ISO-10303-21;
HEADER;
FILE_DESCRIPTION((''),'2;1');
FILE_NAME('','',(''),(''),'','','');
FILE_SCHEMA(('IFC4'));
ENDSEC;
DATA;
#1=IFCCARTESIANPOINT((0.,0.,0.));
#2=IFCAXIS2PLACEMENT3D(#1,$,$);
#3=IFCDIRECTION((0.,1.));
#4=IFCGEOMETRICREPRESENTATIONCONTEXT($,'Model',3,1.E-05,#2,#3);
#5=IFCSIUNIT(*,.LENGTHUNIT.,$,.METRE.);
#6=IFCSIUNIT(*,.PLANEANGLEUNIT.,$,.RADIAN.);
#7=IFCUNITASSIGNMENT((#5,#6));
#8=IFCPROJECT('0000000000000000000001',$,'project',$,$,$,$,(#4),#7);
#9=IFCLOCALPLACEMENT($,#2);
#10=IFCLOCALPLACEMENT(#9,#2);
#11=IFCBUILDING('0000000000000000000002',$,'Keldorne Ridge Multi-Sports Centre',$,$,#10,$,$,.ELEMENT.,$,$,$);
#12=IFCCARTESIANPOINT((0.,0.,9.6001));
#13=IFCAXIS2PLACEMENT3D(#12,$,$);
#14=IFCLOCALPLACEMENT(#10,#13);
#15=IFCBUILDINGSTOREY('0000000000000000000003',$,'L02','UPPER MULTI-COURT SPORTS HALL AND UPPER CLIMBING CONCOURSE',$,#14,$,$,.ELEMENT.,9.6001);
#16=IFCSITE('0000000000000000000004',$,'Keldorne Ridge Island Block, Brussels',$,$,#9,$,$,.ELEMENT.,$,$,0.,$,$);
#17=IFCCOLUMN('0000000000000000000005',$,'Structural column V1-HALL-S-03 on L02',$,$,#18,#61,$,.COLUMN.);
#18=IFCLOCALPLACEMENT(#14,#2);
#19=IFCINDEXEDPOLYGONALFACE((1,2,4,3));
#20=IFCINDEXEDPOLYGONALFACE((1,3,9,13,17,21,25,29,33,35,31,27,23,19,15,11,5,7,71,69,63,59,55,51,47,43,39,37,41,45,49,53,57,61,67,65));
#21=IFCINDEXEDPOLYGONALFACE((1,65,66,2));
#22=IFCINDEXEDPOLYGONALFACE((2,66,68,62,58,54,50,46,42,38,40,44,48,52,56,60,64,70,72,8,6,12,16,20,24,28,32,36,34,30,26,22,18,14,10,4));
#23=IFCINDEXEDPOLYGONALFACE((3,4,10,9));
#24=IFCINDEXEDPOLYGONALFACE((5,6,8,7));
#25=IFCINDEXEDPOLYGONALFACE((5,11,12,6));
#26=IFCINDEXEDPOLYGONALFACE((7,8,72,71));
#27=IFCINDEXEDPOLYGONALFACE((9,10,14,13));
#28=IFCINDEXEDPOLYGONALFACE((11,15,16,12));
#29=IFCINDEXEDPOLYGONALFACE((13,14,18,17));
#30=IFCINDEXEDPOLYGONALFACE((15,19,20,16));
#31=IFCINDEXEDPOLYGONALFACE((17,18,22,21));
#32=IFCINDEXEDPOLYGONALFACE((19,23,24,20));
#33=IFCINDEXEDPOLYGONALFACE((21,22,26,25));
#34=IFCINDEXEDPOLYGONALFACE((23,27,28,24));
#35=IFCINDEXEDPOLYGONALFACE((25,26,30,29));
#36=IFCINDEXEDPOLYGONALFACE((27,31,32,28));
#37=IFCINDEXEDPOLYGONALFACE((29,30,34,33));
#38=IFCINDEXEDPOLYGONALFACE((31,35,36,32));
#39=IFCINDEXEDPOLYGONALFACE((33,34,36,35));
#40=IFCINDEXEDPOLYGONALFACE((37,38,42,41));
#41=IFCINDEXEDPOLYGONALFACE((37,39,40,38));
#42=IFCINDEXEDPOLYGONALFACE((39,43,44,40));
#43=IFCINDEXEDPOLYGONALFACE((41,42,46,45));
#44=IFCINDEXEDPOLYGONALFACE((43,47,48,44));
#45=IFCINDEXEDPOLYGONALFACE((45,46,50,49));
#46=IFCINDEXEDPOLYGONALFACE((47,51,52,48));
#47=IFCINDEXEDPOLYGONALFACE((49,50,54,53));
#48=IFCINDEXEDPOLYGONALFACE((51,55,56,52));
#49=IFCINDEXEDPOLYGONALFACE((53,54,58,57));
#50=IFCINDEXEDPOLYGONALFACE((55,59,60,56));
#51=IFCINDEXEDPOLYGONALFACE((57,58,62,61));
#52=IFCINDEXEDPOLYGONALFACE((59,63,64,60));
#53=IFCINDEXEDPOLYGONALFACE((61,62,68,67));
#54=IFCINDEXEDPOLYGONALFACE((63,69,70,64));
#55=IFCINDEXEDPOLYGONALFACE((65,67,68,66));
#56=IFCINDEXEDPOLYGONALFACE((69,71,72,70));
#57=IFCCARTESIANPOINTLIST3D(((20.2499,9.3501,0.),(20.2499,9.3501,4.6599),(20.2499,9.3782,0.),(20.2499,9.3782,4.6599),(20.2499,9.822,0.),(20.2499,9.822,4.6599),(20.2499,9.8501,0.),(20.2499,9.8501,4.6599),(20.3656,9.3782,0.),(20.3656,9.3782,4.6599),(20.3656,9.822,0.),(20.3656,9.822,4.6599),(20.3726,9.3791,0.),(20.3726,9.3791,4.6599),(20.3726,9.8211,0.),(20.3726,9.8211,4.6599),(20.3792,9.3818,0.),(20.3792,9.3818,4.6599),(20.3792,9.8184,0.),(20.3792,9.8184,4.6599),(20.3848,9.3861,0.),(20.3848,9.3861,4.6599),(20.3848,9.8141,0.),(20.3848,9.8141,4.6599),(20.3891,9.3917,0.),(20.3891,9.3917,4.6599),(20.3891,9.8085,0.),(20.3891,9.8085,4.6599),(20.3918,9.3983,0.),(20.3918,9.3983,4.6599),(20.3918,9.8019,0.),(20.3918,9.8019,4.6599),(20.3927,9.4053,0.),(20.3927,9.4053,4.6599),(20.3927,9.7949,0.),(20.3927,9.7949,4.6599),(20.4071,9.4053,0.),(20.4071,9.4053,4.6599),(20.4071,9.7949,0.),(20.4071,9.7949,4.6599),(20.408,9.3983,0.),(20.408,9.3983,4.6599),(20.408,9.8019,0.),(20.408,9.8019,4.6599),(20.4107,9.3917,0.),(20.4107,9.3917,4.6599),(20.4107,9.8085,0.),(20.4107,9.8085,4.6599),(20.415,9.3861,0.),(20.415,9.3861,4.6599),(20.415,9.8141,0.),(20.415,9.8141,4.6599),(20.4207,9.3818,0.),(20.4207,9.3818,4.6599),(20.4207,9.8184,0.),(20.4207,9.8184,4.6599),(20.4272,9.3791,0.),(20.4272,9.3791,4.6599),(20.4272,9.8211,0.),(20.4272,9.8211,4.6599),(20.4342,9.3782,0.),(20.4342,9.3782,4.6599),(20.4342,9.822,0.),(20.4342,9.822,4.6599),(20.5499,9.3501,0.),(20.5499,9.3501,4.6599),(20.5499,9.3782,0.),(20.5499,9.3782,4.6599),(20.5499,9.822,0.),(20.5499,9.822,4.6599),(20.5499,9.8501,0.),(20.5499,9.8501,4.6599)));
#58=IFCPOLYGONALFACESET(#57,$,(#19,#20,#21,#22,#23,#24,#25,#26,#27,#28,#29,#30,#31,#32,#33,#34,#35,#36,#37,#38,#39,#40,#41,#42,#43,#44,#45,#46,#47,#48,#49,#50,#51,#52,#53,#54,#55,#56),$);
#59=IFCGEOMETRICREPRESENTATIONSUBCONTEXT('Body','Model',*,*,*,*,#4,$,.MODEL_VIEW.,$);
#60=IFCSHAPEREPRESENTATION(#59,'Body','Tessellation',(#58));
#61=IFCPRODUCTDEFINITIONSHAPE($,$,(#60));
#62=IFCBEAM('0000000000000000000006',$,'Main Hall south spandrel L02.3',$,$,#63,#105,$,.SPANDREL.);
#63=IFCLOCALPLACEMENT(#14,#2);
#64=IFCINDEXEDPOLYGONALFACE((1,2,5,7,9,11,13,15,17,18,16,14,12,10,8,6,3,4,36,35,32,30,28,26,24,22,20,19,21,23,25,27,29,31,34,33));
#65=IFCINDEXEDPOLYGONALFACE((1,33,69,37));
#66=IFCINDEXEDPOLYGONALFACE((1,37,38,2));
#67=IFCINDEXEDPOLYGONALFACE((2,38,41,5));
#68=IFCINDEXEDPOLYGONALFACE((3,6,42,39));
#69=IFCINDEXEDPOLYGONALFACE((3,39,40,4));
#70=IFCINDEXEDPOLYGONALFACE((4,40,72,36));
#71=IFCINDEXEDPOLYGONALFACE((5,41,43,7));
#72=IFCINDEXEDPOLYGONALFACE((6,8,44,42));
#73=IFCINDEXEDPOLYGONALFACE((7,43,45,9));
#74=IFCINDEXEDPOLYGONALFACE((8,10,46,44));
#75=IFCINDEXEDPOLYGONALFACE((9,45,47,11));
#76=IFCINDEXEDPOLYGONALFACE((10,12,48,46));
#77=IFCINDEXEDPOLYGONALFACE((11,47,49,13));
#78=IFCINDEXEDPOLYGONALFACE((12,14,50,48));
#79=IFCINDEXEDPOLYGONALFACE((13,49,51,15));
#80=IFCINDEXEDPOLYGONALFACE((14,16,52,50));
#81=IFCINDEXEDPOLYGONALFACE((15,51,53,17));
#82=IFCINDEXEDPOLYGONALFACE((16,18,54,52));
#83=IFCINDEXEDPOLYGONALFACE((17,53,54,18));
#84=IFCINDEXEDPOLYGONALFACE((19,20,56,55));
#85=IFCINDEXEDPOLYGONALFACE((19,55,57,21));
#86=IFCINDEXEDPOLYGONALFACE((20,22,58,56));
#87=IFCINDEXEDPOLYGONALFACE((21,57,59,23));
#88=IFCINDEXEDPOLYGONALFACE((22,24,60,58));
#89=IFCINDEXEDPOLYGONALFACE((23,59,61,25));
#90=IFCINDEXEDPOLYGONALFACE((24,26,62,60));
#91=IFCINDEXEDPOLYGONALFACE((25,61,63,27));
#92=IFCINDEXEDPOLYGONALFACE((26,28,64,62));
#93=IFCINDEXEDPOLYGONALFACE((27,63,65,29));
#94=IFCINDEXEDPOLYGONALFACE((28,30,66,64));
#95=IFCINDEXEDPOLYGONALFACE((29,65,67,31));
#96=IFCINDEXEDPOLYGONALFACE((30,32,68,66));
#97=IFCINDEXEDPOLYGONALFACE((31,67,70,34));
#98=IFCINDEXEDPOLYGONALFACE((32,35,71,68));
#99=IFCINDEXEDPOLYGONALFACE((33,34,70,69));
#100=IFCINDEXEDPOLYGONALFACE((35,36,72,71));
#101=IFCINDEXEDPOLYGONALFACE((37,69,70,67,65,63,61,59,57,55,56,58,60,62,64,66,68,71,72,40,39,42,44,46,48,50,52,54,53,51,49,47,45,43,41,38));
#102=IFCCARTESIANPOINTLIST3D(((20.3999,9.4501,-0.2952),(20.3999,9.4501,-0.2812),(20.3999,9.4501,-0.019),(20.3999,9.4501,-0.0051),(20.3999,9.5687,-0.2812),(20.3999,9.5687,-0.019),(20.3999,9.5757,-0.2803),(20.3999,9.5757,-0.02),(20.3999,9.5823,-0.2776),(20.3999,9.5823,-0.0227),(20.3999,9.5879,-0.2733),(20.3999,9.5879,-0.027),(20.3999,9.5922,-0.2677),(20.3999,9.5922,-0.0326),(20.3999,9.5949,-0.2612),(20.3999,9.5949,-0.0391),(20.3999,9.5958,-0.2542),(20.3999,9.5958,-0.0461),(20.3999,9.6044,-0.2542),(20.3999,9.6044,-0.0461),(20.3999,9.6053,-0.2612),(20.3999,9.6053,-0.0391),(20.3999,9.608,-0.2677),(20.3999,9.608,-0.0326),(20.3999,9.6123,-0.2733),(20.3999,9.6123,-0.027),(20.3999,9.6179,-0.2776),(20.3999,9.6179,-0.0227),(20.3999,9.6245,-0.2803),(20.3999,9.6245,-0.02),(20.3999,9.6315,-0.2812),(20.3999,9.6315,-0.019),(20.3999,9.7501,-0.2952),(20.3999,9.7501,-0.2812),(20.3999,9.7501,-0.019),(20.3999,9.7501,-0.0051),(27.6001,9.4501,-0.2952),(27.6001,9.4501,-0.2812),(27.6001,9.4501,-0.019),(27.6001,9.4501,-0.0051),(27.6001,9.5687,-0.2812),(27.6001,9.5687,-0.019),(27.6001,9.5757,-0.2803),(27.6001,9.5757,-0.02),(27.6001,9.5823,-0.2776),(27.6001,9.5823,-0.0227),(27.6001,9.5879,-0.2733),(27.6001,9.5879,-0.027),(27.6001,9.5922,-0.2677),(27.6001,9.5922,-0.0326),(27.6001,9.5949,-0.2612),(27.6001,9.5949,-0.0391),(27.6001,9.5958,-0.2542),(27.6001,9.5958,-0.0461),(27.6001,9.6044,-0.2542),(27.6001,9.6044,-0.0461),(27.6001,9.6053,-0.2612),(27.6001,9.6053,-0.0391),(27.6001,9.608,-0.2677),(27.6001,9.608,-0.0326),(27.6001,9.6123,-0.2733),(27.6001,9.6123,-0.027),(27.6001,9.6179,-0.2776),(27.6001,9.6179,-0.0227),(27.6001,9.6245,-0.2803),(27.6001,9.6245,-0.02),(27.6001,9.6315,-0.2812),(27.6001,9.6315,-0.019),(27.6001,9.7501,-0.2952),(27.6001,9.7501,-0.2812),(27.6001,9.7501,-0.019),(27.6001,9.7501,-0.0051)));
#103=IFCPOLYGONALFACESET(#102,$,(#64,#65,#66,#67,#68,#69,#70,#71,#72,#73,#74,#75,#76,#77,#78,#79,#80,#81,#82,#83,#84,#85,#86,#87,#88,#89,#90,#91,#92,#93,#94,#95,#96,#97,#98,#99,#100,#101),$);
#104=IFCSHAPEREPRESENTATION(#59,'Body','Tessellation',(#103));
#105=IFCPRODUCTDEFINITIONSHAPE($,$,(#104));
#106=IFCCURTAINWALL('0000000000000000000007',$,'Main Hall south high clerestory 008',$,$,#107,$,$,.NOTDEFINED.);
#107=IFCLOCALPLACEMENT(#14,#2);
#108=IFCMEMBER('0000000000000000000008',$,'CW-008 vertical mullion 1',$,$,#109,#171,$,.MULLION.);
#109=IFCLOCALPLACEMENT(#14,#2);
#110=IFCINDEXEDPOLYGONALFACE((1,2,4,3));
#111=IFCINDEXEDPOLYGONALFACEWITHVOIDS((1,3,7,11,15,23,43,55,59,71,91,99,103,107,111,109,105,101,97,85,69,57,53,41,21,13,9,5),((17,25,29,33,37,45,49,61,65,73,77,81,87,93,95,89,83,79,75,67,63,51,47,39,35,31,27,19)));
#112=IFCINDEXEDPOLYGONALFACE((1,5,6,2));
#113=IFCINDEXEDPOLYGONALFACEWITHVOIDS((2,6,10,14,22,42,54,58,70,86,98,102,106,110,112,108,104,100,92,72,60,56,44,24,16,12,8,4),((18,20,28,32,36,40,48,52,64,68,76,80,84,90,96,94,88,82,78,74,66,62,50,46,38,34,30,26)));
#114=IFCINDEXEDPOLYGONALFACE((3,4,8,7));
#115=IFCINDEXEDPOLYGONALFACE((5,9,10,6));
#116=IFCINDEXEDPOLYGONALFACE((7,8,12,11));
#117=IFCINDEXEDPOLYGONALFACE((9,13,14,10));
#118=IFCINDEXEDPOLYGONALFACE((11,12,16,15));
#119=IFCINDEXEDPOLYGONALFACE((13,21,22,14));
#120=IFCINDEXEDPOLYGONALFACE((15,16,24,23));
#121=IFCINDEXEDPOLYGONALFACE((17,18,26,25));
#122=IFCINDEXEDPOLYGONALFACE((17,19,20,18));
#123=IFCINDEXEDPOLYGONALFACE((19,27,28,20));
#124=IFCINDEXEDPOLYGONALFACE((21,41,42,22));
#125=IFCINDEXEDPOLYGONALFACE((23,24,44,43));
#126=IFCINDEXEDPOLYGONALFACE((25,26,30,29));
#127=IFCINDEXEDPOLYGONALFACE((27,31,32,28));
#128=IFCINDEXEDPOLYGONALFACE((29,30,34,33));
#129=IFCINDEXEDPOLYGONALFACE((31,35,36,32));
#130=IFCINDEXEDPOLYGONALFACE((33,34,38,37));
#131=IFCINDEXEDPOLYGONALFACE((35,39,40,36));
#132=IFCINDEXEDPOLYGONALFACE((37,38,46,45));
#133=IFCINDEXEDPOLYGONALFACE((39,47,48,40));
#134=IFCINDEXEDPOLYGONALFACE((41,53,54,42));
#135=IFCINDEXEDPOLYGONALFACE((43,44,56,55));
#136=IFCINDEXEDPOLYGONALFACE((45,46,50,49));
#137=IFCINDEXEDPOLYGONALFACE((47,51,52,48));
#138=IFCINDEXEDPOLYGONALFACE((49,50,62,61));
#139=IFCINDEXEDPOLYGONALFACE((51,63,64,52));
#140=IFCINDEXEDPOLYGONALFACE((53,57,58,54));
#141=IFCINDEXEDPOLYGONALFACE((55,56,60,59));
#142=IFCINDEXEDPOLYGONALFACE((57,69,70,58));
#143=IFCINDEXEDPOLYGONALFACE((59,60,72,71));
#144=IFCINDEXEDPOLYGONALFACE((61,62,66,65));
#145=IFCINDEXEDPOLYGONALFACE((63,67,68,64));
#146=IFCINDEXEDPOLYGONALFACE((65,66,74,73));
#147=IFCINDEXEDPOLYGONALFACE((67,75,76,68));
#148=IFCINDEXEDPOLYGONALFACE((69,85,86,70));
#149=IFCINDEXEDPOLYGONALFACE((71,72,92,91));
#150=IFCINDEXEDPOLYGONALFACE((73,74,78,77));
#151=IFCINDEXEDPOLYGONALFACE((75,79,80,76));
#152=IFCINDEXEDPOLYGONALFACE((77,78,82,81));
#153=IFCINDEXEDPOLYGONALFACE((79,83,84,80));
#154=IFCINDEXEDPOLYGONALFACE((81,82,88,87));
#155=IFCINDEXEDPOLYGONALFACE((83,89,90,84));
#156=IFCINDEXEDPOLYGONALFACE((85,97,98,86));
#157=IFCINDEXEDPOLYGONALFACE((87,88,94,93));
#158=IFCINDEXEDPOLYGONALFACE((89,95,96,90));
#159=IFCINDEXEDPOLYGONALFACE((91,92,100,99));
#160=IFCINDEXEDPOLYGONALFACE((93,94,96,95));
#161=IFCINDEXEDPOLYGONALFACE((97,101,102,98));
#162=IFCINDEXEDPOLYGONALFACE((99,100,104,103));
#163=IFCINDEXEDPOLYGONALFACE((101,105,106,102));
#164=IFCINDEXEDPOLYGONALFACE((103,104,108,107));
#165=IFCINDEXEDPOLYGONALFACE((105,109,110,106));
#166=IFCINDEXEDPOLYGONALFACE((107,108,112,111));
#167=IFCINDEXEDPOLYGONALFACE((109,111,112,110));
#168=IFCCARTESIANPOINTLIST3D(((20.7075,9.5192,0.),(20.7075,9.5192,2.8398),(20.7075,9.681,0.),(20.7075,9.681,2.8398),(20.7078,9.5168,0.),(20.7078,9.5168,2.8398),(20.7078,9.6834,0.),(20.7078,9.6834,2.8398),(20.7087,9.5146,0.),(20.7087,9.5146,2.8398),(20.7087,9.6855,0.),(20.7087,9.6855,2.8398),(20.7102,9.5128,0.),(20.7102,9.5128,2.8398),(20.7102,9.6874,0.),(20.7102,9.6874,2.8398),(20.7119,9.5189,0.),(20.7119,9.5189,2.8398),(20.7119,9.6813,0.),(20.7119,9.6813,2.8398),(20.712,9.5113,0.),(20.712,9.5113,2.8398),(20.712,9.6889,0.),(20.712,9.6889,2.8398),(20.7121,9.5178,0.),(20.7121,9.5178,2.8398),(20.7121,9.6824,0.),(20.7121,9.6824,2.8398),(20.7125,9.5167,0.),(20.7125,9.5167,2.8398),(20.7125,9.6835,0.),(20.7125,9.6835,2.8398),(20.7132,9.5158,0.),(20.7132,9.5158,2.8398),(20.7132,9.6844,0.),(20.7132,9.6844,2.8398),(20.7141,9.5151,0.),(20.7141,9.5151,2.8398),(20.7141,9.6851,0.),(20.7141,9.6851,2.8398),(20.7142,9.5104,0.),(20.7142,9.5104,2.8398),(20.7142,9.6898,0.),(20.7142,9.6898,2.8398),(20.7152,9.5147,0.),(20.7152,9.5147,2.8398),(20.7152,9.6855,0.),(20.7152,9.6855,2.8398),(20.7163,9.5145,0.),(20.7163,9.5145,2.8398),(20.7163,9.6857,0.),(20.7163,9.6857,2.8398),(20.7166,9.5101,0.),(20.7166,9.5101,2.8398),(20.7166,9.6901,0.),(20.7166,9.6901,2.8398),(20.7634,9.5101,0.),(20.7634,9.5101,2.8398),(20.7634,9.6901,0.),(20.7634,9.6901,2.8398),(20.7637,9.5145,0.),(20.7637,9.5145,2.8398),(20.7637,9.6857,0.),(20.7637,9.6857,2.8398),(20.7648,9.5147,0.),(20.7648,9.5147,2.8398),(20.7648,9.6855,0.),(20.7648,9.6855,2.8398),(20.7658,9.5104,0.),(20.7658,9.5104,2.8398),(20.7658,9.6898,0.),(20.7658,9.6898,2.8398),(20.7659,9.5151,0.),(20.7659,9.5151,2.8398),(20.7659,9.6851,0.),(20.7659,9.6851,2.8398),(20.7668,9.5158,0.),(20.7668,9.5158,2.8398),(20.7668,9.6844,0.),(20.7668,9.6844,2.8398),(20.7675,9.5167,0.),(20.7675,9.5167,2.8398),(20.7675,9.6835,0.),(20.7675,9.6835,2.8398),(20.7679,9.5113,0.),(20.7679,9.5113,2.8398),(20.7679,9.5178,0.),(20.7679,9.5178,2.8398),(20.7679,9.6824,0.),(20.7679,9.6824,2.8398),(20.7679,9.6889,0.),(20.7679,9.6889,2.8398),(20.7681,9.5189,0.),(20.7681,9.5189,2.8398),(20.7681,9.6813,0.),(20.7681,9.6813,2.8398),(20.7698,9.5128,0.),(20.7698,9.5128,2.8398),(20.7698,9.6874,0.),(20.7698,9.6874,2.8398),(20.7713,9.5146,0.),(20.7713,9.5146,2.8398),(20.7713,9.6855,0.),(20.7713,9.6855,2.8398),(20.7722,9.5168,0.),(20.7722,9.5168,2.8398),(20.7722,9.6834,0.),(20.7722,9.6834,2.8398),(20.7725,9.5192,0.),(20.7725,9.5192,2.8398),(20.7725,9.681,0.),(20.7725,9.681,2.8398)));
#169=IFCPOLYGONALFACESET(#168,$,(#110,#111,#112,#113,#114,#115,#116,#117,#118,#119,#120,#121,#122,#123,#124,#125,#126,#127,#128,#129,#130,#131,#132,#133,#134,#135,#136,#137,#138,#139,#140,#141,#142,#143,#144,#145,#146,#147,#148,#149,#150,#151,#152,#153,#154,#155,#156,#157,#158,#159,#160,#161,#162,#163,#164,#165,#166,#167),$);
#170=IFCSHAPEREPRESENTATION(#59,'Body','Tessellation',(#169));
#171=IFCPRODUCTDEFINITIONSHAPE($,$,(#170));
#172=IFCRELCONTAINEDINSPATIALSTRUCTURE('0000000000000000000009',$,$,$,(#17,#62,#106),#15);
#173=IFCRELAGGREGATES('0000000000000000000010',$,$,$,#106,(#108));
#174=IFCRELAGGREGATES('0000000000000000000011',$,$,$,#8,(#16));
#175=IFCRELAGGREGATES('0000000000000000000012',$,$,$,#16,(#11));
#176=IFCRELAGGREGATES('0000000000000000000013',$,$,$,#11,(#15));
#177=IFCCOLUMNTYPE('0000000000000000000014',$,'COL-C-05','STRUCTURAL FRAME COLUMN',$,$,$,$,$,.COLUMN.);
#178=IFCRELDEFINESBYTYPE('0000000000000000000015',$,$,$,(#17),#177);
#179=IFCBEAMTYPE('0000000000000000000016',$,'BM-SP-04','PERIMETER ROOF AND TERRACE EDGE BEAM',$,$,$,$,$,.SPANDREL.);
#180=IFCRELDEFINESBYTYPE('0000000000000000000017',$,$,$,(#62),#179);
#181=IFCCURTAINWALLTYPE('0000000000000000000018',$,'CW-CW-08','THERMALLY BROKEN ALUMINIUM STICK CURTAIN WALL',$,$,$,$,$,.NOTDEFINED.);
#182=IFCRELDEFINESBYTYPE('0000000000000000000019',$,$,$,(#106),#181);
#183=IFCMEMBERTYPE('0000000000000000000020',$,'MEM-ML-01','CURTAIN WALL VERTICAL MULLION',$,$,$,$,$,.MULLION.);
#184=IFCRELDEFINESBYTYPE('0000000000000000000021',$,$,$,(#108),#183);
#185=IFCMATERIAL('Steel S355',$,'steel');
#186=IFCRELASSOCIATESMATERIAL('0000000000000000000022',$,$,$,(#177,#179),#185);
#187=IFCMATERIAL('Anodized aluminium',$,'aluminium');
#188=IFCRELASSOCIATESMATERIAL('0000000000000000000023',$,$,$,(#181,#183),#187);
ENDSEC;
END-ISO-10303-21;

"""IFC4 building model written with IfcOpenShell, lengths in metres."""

from ifc_helpers import new_model, si_unit, direction, frame, origin, origin_2d, place, context, subcontext, project, spatial, hollow_rectangle, i_section, extrude, material, material_profile, profile_set, type_object, element, aggregate, save


model = new_model("IFC4")

# Units and contexts
model_context = context("Model", 3, precision=1e-05, world=origin(), true_north=direction((0.0, 1.0)))
body_context = subcontext(model_context, "Body", "Model", "MODEL_VIEW")
ifc_project = project(units=[si_unit("LENGTHUNIT", "METRE"), si_unit("PLANEANGLEUNIT", "RADIAN")], contexts=[model_context])

# Site, building, storey
site_placement = place(None, origin())
site = spatial("IfcSite", under=ifc_project, at=site_placement, Name="Keldorne Ridge Island Block, Brussels", CompositionType="ELEMENT", RefElevation=0.0)
building_placement = place(site_placement, origin())
building = spatial("IfcBuilding", under=site, at=building_placement, Name="Keldorne Ridge Multi-Sports Centre", CompositionType="ELEMENT")
storey_placement = place(building_placement, frame((0.0, 0.0, 9.6001)))
storey = spatial("IfcBuildingStorey", under=building, at=storey_placement, Name="L02", Description="UPPER MULTI-COURT SPORTS HALL AND UPPER CLIMBING CONCOURSE", CompositionType="ELEMENT", Elevation=9.6001)

# Column
ifc_material_1 = material(Name="Steel S355", Category="steel")
ifc_material_profile_1 = material_profile(ifc_material_1, i_section(OverallWidth=0.3, OverallDepth=0.5, WebThickness=0.0144, FlangeThickness=0.0281, FilletRadius=0.0271, at=origin_2d()), Name="HEB 500")
ifc_profile_set_1 = profile_set([ifc_material_profile_1], Name="Steel S355")
column_type = type_object("IfcColumnType", Name="COL-C-05", Description="STRUCTURAL FRAME COLUMN", PredefinedType="COLUMN", material=ifc_profile_set_1)
column_placement = place(storey_placement, frame((20.3999, 9.6001, 0.0), z_axis=(0.0, 0.0, 1.0), x_axis=(1.0, 0.0, 0.0)))
element("IfcColumn", 1, at=column_placement, inside=storey, type_object=column_type, Name="Structural column V1-HALL-S-03 on L02", PredefinedType="COLUMN", context=body_context, shape_type="SweptSolid", body=[
    extrude(i_section(OverallWidth=0.3, OverallDepth=0.5, WebThickness=0.0144, FlangeThickness=0.0281, FilletRadius=0.0271, at=origin_2d()), origin(), (0.0, 0.0, 1.0), 4.6599),
])

# Beam
ifc_material_profile_2 = material_profile(ifc_material_1, i_section(OverallWidth=0.3, OverallDepth=0.29, WebThickness=0.0085, FlangeThickness=0.0139, FilletRadius=0.0271, at=origin_2d()), Name="HEA 300")
ifc_profile_set_2 = profile_set([ifc_material_profile_2], Name="Steel S355")
beam_type = type_object("IfcBeamType", Name="BM-SP-04", Description="PERIMETER ROOF AND TERRACE EDGE BEAM", PredefinedType="SPANDREL", material=ifc_profile_set_2)
beam_placement = place(storey_placement, frame((20.3999, 9.6001, -0.1501), z_axis=(1.0, 0.0, 0.0), x_axis=(0.0, 1.0, 0.0)))
element("IfcBeam", 2, at=beam_placement, inside=storey, type_object=beam_type, Name="Main Hall south spandrel L02.3", PredefinedType="SPANDREL", context=body_context, shape_type="SweptSolid", body=[
    extrude(i_section(OverallWidth=0.3, OverallDepth=0.29, WebThickness=0.0085, FlangeThickness=0.0139, FilletRadius=0.0271, at=origin_2d()), origin(), (0.0, 0.0, 1.0), 7.2002),
])

# Curtain wall, member
ifc_material_2 = material(Name="Anodized aluminium", Category="aluminium")
curtain_wall_type = type_object("IfcCurtainWallType", Name="CW-CW-08", Description="THERMALLY BROKEN ALUMINIUM STICK CURTAIN WALL", PredefinedType="NOTDEFINED", material=ifc_material_2)
curtain_wall_placement = place(storey_placement, origin())
curtain_wall = element("IfcCurtainWall", 3, at=curtain_wall_placement, inside=storey, type_object=curtain_wall_type, Name="Main Hall south high clerestory 008", PredefinedType="NOTDEFINED")
ifc_material_profile_3 = material_profile(ifc_material_2, hollow_rectangle(XDim=0.0649, YDim=0.1799, WallThickness=0.0044, InnerFilletRadius=0.0044, OuterFilletRadius=0.009, at=origin_2d()), Name="ALU MULLION 180x65x4.5")
ifc_profile_set_3 = profile_set([ifc_material_profile_3], Name="Anodized aluminium")
member_type_1 = type_object("IfcMemberType", Name="MEM-ML-01", Description="CURTAIN WALL VERTICAL MULLION", PredefinedType="MULLION", material=ifc_profile_set_3)
member_1_placement = place(storey_placement, frame((20.74, 9.6001, 0.0), z_axis=(0.0, 0.0, 1.0), x_axis=(1.0, 0.0, 0.0)))
member_1 = element("IfcMember", 4, at=member_1_placement, type_object=member_type_1, Name="CW-008 vertical mullion 1", PredefinedType="MULLION", context=body_context, shape_type="SweptSolid", body=[
    extrude(hollow_rectangle(XDim=0.0649, YDim=0.1799, WallThickness=0.0044, InnerFilletRadius=0.0044, OuterFilletRadius=0.009, at=origin_2d()), origin(), (0.0, 0.0, 1.0), 2.8398),
])

aggregate(curtain_wall, [member_1])

save(model, "model.ifc")
